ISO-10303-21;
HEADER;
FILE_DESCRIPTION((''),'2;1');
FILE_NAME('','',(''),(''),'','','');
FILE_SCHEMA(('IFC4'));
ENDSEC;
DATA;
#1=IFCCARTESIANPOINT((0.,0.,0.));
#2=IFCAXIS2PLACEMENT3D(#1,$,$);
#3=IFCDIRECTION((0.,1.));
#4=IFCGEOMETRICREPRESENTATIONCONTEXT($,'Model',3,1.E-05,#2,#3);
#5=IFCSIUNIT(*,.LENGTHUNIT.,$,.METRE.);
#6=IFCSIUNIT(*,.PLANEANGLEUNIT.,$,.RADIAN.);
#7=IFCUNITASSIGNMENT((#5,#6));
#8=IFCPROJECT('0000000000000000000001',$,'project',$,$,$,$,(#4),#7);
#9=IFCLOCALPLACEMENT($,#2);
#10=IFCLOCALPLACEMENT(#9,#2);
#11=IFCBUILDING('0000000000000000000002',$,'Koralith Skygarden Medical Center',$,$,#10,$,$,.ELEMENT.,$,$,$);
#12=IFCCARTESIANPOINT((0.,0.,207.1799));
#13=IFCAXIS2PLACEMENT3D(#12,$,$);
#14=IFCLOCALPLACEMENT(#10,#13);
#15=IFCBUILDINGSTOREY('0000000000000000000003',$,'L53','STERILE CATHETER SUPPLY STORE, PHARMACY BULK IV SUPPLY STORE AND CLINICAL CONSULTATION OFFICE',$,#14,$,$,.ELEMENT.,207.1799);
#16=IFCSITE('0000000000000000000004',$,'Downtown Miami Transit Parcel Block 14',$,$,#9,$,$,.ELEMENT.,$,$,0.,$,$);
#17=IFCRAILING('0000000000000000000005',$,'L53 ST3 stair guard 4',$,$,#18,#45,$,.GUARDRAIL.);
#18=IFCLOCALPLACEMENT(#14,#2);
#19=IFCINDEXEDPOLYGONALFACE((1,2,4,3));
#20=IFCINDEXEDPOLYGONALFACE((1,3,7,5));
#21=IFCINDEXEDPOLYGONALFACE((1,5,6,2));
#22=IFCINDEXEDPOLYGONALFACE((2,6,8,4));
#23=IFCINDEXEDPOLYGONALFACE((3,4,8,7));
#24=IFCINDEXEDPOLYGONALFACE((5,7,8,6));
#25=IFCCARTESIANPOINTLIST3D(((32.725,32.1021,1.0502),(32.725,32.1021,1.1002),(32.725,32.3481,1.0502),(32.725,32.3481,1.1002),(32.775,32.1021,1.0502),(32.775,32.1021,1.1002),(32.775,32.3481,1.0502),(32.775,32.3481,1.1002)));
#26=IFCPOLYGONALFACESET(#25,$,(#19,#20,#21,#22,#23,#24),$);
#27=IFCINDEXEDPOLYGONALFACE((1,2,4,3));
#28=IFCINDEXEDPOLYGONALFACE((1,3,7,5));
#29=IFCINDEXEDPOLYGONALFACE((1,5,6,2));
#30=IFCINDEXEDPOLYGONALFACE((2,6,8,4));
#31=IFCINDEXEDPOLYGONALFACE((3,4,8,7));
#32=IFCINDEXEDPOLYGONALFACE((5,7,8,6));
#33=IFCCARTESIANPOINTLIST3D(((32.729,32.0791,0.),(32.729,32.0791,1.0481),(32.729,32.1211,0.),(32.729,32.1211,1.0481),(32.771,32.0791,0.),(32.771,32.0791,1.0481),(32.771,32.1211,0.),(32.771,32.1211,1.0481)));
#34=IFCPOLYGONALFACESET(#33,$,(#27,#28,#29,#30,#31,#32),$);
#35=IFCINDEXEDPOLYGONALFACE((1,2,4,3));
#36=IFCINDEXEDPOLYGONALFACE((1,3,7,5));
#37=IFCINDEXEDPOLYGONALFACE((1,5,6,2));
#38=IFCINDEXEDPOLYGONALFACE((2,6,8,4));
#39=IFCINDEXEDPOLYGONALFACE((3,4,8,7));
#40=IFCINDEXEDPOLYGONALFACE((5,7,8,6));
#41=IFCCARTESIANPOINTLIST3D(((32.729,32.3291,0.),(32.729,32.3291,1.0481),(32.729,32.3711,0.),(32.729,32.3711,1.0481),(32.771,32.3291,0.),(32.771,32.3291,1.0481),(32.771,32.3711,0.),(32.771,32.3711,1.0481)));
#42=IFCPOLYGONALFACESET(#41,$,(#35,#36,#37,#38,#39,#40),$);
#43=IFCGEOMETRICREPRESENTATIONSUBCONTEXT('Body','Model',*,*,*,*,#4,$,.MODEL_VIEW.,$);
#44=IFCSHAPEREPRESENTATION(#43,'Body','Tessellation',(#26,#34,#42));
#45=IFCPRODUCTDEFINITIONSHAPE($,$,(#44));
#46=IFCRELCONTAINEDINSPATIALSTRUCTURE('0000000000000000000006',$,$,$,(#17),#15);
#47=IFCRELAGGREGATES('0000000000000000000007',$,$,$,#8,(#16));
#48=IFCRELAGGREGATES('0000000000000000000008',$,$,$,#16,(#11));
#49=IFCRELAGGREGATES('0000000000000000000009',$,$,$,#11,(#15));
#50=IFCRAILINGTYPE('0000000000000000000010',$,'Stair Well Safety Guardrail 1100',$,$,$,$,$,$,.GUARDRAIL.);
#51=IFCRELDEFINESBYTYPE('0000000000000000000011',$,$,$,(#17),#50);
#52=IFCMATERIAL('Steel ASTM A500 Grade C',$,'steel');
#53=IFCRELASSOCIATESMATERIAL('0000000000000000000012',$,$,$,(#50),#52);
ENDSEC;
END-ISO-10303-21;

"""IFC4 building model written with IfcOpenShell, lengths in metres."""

from ifc_helpers import new_model, si_unit, direction, frame, origin, origin_2d, place, context, subcontext, project, spatial, rectangle, extrude, material, type_object, element, save


model = new_model("IFC4")

# Units and contexts
model_context = context("Model", 3, precision=1e-05, world=origin(), true_north=direction((0.0, 1.0)))
body_context = subcontext(model_context, "Body", "Model", "MODEL_VIEW")
ifc_project = project(units=[si_unit("LENGTHUNIT", "METRE"), si_unit("PLANEANGLEUNIT", "RADIAN")], contexts=[model_context])

# Site, building, storey
site_placement = place(None, origin())
site = spatial("IfcSite", under=ifc_project, at=site_placement, Name="Downtown Miami Transit Parcel Block 14", CompositionType="ELEMENT", RefElevation=0.0)
building_placement = place(site_placement, origin())
building = spatial("IfcBuilding", under=site, at=building_placement, Name="Koralith Skygarden Medical Center", CompositionType="ELEMENT")
storey_placement = place(building_placement, frame((0.0, 0.0, 207.1799)))
storey = spatial("IfcBuildingStorey", under=building, at=storey_placement, Name="L53", Description="STERILE CATHETER SUPPLY STORE, PHARMACY BULK IV SUPPLY STORE AND CLINICAL CONSULTATION OFFICE", CompositionType="ELEMENT", Elevation=207.1799)

# Railing
ifc_material_1 = material(Name="Steel ASTM A500 Grade C", Category="steel")
railing_type_1 = type_object("IfcRailingType", Name="Stair Well Safety Guardrail 1100", PredefinedType="GUARDRAIL", material=ifc_material_1)
railing_1_placement = place(storey_placement, frame((32.75, 32.1001, 0.0)))
element("IfcRailing", 1, at=railing_1_placement, inside=storey, type_object=railing_type_1, Name="L53 ST3 stair guard 4", PredefinedType="GUARDRAIL", context=body_context, shape_type="SweptSolid", body=[
    extrude(rectangle(XDim=0.05, YDim=0.05, at=origin_2d()), frame((0.0, 0.002, 1.0752), z_axis=(0.0, 1.0, 0.0), x_axis=(-1.0, 0.0, 0.0)), (0.0, 0.0, 1.0), 0.2461),
    extrude(rectangle(XDim=0.042, YDim=0.042, at=origin_2d()), origin(), (0.0, 0.0, 1.0), 1.0481),
    extrude(rectangle(XDim=0.042, YDim=0.042, at=origin_2d()), frame((0.0, 0.25, 0.0)), (0.0, 0.0, 1.0), 1.0481),
])

save(model, "model.ifc")
